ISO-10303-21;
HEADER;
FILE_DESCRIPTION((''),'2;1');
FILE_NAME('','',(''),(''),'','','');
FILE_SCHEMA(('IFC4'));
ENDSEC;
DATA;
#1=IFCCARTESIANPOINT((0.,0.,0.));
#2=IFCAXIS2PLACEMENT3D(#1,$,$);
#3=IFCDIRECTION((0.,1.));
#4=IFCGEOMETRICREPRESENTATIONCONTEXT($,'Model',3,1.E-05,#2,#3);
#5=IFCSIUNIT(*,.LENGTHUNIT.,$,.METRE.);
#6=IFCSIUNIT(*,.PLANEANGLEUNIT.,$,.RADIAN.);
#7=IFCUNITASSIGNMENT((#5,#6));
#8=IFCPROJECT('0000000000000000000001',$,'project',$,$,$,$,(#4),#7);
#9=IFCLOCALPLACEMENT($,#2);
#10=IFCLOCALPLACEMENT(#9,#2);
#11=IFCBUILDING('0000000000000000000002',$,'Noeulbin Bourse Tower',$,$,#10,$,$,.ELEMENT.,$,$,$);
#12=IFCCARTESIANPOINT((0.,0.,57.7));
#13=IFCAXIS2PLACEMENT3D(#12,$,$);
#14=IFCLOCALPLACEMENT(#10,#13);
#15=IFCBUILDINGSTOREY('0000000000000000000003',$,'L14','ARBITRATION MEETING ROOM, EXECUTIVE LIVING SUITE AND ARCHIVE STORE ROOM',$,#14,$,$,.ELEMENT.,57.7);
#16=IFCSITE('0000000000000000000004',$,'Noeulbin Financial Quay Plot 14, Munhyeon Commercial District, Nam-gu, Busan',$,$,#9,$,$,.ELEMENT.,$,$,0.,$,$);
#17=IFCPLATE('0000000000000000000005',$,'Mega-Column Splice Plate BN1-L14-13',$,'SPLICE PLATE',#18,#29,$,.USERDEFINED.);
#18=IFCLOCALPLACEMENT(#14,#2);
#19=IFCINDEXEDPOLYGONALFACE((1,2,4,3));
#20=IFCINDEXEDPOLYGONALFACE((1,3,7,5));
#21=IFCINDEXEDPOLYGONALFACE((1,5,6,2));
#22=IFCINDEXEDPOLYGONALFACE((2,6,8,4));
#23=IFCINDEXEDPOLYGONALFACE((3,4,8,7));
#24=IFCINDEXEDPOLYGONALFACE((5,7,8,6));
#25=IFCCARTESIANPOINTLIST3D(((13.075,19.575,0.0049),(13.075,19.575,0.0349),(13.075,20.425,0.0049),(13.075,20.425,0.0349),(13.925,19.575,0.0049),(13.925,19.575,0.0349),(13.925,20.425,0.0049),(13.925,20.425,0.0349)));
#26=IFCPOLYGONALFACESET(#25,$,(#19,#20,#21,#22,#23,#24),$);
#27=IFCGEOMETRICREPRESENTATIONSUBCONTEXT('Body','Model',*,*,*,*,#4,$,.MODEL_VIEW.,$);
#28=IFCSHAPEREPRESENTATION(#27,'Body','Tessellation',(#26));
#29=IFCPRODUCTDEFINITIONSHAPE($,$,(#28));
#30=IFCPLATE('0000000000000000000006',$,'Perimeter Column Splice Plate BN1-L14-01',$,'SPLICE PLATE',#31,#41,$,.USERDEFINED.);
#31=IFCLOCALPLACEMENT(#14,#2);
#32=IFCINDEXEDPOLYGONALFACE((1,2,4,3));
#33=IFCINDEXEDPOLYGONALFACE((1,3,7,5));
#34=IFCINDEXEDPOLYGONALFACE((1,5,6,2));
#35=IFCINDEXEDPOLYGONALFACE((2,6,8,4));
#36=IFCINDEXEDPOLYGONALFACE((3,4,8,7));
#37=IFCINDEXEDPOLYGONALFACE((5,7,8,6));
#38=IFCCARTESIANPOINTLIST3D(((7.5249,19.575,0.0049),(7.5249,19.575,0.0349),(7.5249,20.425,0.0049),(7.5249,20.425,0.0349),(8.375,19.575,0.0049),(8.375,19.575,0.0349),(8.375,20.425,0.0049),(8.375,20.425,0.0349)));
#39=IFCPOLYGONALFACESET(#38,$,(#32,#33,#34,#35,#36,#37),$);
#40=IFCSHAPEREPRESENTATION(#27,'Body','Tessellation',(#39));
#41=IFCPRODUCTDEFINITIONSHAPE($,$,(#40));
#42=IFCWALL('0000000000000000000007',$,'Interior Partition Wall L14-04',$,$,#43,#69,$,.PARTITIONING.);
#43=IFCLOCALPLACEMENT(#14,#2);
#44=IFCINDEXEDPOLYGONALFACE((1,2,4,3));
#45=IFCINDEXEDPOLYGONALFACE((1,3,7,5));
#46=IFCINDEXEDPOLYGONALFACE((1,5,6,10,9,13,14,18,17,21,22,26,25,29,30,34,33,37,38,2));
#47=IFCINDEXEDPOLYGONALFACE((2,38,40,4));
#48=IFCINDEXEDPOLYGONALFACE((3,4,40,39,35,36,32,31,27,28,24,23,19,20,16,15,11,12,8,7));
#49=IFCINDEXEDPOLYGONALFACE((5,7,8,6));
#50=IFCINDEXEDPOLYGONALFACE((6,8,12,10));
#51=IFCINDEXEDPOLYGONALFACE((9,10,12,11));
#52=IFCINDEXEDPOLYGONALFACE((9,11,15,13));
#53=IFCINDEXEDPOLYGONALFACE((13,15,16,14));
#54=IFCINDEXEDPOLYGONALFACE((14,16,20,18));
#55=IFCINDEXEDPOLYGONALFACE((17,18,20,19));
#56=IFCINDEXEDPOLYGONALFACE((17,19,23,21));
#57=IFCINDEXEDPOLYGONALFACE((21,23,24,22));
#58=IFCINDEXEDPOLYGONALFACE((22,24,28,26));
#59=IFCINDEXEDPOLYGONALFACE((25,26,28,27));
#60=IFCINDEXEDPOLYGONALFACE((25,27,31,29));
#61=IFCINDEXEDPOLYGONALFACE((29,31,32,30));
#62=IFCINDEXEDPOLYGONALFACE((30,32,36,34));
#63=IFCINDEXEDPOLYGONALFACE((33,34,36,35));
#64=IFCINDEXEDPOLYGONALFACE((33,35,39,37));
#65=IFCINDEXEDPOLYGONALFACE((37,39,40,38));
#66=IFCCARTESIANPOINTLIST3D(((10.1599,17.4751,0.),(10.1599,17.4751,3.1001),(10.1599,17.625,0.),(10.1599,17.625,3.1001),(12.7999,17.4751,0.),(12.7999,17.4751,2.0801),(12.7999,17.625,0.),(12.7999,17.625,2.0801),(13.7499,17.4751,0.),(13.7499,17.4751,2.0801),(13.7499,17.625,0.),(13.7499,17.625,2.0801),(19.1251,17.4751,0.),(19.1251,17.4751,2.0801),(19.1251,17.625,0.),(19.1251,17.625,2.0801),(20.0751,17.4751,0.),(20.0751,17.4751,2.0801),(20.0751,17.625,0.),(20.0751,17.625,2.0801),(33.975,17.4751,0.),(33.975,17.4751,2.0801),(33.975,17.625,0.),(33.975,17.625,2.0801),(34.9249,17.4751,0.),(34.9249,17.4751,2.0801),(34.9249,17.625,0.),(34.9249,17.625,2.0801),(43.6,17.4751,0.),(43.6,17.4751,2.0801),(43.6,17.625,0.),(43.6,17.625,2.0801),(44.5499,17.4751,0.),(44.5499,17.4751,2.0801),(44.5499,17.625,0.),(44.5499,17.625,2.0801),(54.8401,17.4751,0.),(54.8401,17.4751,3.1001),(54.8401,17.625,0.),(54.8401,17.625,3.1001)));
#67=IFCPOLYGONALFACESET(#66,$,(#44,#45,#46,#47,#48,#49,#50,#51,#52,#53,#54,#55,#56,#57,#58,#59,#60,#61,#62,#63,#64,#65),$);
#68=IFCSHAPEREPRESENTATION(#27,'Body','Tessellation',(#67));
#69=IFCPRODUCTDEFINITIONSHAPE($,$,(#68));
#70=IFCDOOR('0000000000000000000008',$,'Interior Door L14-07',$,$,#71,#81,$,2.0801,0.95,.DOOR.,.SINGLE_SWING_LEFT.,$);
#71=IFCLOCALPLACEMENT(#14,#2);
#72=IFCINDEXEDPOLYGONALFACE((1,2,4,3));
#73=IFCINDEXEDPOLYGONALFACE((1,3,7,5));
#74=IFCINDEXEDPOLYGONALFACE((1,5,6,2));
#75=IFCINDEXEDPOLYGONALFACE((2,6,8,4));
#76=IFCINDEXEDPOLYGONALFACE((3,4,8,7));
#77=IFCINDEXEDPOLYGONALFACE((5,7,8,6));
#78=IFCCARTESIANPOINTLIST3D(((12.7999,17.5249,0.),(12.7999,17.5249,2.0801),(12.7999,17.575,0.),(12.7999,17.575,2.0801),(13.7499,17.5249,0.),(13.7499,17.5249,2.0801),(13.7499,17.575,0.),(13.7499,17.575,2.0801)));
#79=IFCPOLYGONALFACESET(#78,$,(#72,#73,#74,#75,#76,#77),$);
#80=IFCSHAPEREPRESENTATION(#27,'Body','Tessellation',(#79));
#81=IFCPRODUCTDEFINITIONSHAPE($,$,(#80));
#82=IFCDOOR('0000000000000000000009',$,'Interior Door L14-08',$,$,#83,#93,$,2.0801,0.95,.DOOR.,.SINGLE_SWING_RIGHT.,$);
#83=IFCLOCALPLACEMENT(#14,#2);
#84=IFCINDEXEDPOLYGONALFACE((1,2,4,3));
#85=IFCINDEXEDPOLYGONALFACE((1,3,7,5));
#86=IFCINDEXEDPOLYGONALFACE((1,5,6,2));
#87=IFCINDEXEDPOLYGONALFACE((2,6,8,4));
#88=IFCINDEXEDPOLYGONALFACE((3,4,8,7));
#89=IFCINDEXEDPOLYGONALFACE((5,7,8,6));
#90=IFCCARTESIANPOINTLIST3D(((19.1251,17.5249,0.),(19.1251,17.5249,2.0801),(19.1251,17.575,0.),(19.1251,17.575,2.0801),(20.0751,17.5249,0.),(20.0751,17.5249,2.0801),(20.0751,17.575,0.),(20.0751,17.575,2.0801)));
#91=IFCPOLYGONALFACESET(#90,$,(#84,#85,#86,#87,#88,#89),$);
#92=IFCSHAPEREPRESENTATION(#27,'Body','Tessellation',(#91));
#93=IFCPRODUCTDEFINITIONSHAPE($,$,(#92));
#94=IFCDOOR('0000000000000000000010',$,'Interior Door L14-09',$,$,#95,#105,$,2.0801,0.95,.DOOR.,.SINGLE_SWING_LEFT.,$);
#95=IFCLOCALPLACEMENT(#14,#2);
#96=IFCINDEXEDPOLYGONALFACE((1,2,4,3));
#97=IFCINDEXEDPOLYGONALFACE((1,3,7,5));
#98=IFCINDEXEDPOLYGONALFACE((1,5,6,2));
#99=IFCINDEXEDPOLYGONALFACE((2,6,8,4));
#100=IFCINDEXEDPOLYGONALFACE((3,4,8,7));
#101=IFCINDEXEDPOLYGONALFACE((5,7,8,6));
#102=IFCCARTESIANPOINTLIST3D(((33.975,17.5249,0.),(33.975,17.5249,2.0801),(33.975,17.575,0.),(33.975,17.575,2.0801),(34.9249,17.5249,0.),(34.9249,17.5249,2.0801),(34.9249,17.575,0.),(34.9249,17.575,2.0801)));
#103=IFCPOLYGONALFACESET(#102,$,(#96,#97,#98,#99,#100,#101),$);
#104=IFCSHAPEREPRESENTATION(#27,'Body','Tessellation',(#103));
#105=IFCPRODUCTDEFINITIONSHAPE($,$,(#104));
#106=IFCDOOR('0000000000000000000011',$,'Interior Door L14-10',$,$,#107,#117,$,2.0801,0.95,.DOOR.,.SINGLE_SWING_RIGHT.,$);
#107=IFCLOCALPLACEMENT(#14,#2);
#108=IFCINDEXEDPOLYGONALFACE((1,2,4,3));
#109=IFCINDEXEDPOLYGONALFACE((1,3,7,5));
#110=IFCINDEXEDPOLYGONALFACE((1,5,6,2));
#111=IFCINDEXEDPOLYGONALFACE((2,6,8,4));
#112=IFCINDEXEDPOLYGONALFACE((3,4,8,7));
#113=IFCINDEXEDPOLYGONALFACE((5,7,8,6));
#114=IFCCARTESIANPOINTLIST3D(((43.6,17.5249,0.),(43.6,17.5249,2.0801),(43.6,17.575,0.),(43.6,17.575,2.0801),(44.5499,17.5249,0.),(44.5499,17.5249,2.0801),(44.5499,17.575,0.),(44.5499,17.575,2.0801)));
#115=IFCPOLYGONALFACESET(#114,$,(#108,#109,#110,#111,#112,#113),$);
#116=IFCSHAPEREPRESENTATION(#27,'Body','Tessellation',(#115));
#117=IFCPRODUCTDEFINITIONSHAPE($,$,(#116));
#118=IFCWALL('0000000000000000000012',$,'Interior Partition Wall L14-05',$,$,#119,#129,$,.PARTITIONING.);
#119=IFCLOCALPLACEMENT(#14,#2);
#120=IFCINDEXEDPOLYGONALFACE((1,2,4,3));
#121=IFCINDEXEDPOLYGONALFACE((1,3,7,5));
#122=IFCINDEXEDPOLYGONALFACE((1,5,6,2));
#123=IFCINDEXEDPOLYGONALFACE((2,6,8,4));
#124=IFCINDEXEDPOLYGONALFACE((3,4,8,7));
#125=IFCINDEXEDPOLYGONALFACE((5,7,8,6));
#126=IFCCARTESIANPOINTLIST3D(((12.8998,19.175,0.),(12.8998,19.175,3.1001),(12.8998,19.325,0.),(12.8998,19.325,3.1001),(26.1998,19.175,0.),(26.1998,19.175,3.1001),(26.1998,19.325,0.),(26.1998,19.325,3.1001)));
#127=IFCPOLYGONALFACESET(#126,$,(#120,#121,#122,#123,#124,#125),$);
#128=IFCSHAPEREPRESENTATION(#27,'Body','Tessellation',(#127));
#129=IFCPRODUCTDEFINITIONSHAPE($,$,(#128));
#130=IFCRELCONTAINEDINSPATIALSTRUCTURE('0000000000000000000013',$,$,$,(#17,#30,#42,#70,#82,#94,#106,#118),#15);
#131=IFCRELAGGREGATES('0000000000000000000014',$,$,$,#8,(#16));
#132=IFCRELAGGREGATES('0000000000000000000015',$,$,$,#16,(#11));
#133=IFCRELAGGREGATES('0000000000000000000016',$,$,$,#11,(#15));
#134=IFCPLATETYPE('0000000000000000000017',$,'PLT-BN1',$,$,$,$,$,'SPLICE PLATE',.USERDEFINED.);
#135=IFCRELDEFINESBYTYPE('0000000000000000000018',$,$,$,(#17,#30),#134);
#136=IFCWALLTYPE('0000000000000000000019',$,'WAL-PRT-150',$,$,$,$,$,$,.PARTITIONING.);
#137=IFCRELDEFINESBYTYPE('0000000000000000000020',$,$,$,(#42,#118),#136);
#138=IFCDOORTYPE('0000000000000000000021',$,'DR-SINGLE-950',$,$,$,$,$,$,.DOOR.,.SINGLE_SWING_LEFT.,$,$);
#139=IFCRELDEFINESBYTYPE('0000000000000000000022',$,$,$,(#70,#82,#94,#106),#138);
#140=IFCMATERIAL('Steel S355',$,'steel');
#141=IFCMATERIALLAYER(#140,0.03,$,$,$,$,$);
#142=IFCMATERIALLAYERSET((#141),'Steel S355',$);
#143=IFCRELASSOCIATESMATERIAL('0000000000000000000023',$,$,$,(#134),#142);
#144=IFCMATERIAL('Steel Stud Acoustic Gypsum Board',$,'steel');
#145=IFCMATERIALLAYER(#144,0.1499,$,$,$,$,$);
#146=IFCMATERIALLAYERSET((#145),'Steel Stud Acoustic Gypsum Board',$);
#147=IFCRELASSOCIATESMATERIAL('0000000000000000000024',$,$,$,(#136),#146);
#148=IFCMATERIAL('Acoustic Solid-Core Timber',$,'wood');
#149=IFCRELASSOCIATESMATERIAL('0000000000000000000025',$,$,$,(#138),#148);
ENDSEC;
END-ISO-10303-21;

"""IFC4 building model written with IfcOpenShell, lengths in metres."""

from ifc_helpers import new_model, si_unit, direction, frame, frame_2d, origin, origin_2d, place, context, subcontext, project, spatial, rectangle, extrude, material, layer, layer_set, type_object, element, fill, save


model = new_model("IFC4")

# Units and contexts
model_context = context("Model", 3, precision=1e-05, world=origin(), true_north=direction((0.0, 1.0)))
body_context = subcontext(model_context, "Body", "Model", "MODEL_VIEW")
ifc_project = project(units=[si_unit("LENGTHUNIT", "METRE"), si_unit("PLANEANGLEUNIT", "RADIAN")], contexts=[model_context])

# Site, building, storey
site_placement = place(None, origin())
site = spatial("IfcSite", under=ifc_project, at=site_placement, Name="Noeulbin Financial Quay Plot 14, Munhyeon Commercial District, Nam-gu, Busan", CompositionType="ELEMENT", RefElevation=0.0)
building_placement = place(site_placement, origin())
building = spatial("IfcBuilding", under=site, at=building_placement, Name="Noeulbin Bourse Tower", CompositionType="ELEMENT")
storey_placement = place(building_placement, frame((0.0, 0.0, 57.7)))
storey = spatial("IfcBuildingStorey", under=building, at=storey_placement, Name="L14", Description="ARBITRATION MEETING ROOM, EXECUTIVE LIVING SUITE AND ARCHIVE STORE ROOM", CompositionType="ELEMENT", Elevation=57.7)

# Shared definitions
ifc_material_1 = material(Name="Steel S355", Category="steel")

# Plates
ifc_layer_1 = layer(ifc_material_1, 0.03)
ifc_layer_set_1 = layer_set([ifc_layer_1], Name="Steel S355")
plate_type_1 = type_object("IfcPlateType", Name="PLT-BN1", ElementType="SPLICE PLATE", PredefinedType="USERDEFINED", material=ifc_layer_set_1)
for number, where, z_axis, x_axis, name in (
    (1, (13.5, 20.0, 0.0049), (0.0, 0.0, 1.0), (1.0, 0.0, 0.0), "Mega-Column Splice Plate BN1-L14-13"),
    (2, (7.95, 20.0, 0.0049), (0.0, 0.0, 1.0), (1.0, 0.0, 0.0), "Perimeter Column Splice Plate BN1-L14-01"),
):
    element("IfcPlate", number, at=place(storey_placement, frame(where, z_axis=z_axis, x_axis=x_axis)), inside=storey, type_object=plate_type_1, Name=name, ObjectType="SPLICE PLATE", PredefinedType="USERDEFINED", context=body_context, shape_type="SweptSolid", body=[
        extrude(rectangle(XDim=0.8501, YDim=0.8501, at=origin_2d()), origin(), (0.0, 0.0, 1.0), 0.03),
    ])

# Wall, openings, doors
ifc_material_2 = material(Name="Steel Stud Acoustic Gypsum Board", Category="steel")
ifc_layer_2 = layer(ifc_material_2, 0.1499)
ifc_layer_set_2 = layer_set([ifc_layer_2], Name="Steel Stud Acoustic Gypsum Board")
wall_type = type_object("IfcWallType", Name="WAL-PRT-150", PredefinedType="PARTITIONING", material=ifc_layer_set_2)
wall_1_placement = place(storey_placement, frame((10.1599, 17.55, 0.0), z_axis=(0.0, 0.0, 1.0), x_axis=(1.0, 0.0, 0.0)))
wall_1 = element("IfcWall", 3, at=wall_1_placement, inside=storey, type_object=wall_type, Name="Interior Partition Wall L14-04", PredefinedType="PARTITIONING", context=body_context, shape_type="SweptSolid", body=[
    extrude(rectangle(XDim=44.6802, YDim=0.1499, at=frame_2d((22.3401, 0.0))), origin(), (0.0, 0.0, 1.0), 3.1001),
])
opening_1_placement = place(wall_1_placement, frame((2.6399, 0.0, 0.0)))
opening_1 = element("IfcOpeningElement", 4, at=opening_1_placement, cuts=wall_1, PredefinedType="OPENING", context=body_context, shape_type="SweptSolid", body=[
    extrude(rectangle(XDim=0.95, YDim=2.0801, at=frame_2d((0.4751, 1.04))), frame((0.0, 0.085, 0.0), z_axis=(0.0, -1.0, 0.0), x_axis=(1.0, 0.0, 0.0)), (0.0, 0.0, 1.0), 0.1699),
])
opening_2_placement = place(wall_1_placement, frame((8.9651, 0.0, 0.0)))
opening_2 = element("IfcOpeningElement", 5, at=opening_2_placement, cuts=wall_1, PredefinedType="OPENING", context=body_context, shape_type="SweptSolid", body=[
    extrude(rectangle(XDim=0.95, YDim=2.0801, at=frame_2d((0.4751, 1.04))), frame((0.0, 0.085, 0.0), z_axis=(0.0, -1.0, 0.0), x_axis=(1.0, 0.0, 0.0)), (0.0, 0.0, 1.0), 0.1699),
])
opening_3_placement = place(wall_1_placement, frame((23.8149, 0.0, 0.0)))
opening_3 = element("IfcOpeningElement", 6, at=opening_3_placement, cuts=wall_1, PredefinedType="OPENING", context=body_context, shape_type="SweptSolid", body=[
    extrude(rectangle(XDim=0.95, YDim=2.0801, at=frame_2d((0.4751, 1.04))), frame((0.0, 0.085, 0.0), z_axis=(0.0, -1.0, 0.0), x_axis=(1.0, 0.0, 0.0)), (0.0, 0.0, 1.0), 0.1699),
])
opening_4_placement = place(wall_1_placement, frame((33.4399, 0.0, 0.0)))
opening_4 = element("IfcOpeningElement", 7, at=opening_4_placement, cuts=wall_1, PredefinedType="OPENING", context=body_context, shape_type="SweptSolid", body=[
    extrude(rectangle(XDim=0.95, YDim=2.0801, at=frame_2d((0.4751, 1.04))), frame((0.0, 0.085, 0.0), z_axis=(0.0, -1.0, 0.0), x_axis=(1.0, 0.0, 0.0)), (0.0, 0.0, 1.0), 0.1699),
])
ifc_material_3 = material(Name="Acoustic Solid-Core Timber", Category="wood")
door_type = type_object("IfcDoorType", Name="DR-SINGLE-950", OperationType="SINGLE_SWING_LEFT", PredefinedType="DOOR", material=ifc_material_3)
door_1_placement = place(opening_1_placement, origin())
door_1 = element("IfcDoor", 8, at=door_1_placement, inside=storey, type_object=door_type, Name="Interior Door L14-07", OperationType="SINGLE_SWING_LEFT", OverallHeight=2.0801, OverallWidth=0.95, PredefinedType="DOOR", context=body_context, shape_type="SweptSolid", body=[
    extrude(rectangle(XDim=0.95, YDim=2.0801, at=frame_2d((0.4751, 1.04))), frame((0.0, 0.0249, 0.0), z_axis=(0.0, -1.0, 0.0), x_axis=(1.0, 0.0, 0.0)), (0.0, 0.0, 1.0), 0.05),
])
fill(opening_1, door_1)
door_2_placement = place(opening_2_placement, origin())
door_2 = element("IfcDoor", 9, at=door_2_placement, inside=storey, type_object=door_type, Name="Interior Door L14-08", OperationType="SINGLE_SWING_RIGHT", OverallHeight=2.0801, OverallWidth=0.95, PredefinedType="DOOR", context=body_context, shape_type="SweptSolid", body=[
    extrude(rectangle(XDim=0.95, YDim=2.0801, at=frame_2d((0.4751, 1.04))), frame((0.0, 0.0249, 0.0), z_axis=(0.0, -1.0, 0.0), x_axis=(1.0, 0.0, 0.0)), (0.0, 0.0, 1.0), 0.05),
])
fill(opening_2, door_2)
door_3_placement = place(opening_3_placement, origin())
door_3 = element("IfcDoor", 10, at=door_3_placement, inside=storey, type_object=door_type, Name="Interior Door L14-09", OperationType="SINGLE_SWING_LEFT", OverallHeight=2.0801, OverallWidth=0.95, PredefinedType="DOOR", context=body_context, shape_type="SweptSolid", body=[
    extrude(rectangle(XDim=0.95, YDim=2.0801, at=frame_2d((0.4751, 1.04))), frame((0.0, 0.0249, 0.0), z_axis=(0.0, -1.0, 0.0), x_axis=(1.0, 0.0, 0.0)), (0.0, 0.0, 1.0), 0.05),
])
fill(opening_3, door_3)
door_4_placement = place(opening_4_placement, origin())
door_4 = element("IfcDoor", 11, at=door_4_placement, inside=storey, type_object=door_type, Name="Interior Door L14-10", OperationType="SINGLE_SWING_RIGHT", OverallHeight=2.0801, OverallWidth=0.95, PredefinedType="DOOR", context=body_context, shape_type="SweptSolid", body=[
    extrude(rectangle(XDim=0.95, YDim=2.0801, at=frame_2d((0.4751, 1.04))), frame((0.0, 0.0249, 0.0), z_axis=(0.0, -1.0, 0.0), x_axis=(1.0, 0.0, 0.0)), (0.0, 0.0, 1.0), 0.05),
])
fill(opening_4, door_4)

# Wall
wall_2_placement = place(storey_placement, frame((12.8999, 19.25, 0.0), z_axis=(0.0, 0.0, 1.0), x_axis=(1.0, 0.0, 0.0)))
element("IfcWall", 12, at=wall_2_placement, inside=storey, type_object=wall_type, Name="Interior Partition Wall L14-05", PredefinedType="PARTITIONING", context=body_context, shape_type="SweptSolid", body=[
    extrude(rectangle(XDim=13.3, YDim=0.1499, at=frame_2d((6.6499, 0.0))), origin(), (0.0, 0.0, 1.0), 3.1001),
])

save(model, "model.ifc")
